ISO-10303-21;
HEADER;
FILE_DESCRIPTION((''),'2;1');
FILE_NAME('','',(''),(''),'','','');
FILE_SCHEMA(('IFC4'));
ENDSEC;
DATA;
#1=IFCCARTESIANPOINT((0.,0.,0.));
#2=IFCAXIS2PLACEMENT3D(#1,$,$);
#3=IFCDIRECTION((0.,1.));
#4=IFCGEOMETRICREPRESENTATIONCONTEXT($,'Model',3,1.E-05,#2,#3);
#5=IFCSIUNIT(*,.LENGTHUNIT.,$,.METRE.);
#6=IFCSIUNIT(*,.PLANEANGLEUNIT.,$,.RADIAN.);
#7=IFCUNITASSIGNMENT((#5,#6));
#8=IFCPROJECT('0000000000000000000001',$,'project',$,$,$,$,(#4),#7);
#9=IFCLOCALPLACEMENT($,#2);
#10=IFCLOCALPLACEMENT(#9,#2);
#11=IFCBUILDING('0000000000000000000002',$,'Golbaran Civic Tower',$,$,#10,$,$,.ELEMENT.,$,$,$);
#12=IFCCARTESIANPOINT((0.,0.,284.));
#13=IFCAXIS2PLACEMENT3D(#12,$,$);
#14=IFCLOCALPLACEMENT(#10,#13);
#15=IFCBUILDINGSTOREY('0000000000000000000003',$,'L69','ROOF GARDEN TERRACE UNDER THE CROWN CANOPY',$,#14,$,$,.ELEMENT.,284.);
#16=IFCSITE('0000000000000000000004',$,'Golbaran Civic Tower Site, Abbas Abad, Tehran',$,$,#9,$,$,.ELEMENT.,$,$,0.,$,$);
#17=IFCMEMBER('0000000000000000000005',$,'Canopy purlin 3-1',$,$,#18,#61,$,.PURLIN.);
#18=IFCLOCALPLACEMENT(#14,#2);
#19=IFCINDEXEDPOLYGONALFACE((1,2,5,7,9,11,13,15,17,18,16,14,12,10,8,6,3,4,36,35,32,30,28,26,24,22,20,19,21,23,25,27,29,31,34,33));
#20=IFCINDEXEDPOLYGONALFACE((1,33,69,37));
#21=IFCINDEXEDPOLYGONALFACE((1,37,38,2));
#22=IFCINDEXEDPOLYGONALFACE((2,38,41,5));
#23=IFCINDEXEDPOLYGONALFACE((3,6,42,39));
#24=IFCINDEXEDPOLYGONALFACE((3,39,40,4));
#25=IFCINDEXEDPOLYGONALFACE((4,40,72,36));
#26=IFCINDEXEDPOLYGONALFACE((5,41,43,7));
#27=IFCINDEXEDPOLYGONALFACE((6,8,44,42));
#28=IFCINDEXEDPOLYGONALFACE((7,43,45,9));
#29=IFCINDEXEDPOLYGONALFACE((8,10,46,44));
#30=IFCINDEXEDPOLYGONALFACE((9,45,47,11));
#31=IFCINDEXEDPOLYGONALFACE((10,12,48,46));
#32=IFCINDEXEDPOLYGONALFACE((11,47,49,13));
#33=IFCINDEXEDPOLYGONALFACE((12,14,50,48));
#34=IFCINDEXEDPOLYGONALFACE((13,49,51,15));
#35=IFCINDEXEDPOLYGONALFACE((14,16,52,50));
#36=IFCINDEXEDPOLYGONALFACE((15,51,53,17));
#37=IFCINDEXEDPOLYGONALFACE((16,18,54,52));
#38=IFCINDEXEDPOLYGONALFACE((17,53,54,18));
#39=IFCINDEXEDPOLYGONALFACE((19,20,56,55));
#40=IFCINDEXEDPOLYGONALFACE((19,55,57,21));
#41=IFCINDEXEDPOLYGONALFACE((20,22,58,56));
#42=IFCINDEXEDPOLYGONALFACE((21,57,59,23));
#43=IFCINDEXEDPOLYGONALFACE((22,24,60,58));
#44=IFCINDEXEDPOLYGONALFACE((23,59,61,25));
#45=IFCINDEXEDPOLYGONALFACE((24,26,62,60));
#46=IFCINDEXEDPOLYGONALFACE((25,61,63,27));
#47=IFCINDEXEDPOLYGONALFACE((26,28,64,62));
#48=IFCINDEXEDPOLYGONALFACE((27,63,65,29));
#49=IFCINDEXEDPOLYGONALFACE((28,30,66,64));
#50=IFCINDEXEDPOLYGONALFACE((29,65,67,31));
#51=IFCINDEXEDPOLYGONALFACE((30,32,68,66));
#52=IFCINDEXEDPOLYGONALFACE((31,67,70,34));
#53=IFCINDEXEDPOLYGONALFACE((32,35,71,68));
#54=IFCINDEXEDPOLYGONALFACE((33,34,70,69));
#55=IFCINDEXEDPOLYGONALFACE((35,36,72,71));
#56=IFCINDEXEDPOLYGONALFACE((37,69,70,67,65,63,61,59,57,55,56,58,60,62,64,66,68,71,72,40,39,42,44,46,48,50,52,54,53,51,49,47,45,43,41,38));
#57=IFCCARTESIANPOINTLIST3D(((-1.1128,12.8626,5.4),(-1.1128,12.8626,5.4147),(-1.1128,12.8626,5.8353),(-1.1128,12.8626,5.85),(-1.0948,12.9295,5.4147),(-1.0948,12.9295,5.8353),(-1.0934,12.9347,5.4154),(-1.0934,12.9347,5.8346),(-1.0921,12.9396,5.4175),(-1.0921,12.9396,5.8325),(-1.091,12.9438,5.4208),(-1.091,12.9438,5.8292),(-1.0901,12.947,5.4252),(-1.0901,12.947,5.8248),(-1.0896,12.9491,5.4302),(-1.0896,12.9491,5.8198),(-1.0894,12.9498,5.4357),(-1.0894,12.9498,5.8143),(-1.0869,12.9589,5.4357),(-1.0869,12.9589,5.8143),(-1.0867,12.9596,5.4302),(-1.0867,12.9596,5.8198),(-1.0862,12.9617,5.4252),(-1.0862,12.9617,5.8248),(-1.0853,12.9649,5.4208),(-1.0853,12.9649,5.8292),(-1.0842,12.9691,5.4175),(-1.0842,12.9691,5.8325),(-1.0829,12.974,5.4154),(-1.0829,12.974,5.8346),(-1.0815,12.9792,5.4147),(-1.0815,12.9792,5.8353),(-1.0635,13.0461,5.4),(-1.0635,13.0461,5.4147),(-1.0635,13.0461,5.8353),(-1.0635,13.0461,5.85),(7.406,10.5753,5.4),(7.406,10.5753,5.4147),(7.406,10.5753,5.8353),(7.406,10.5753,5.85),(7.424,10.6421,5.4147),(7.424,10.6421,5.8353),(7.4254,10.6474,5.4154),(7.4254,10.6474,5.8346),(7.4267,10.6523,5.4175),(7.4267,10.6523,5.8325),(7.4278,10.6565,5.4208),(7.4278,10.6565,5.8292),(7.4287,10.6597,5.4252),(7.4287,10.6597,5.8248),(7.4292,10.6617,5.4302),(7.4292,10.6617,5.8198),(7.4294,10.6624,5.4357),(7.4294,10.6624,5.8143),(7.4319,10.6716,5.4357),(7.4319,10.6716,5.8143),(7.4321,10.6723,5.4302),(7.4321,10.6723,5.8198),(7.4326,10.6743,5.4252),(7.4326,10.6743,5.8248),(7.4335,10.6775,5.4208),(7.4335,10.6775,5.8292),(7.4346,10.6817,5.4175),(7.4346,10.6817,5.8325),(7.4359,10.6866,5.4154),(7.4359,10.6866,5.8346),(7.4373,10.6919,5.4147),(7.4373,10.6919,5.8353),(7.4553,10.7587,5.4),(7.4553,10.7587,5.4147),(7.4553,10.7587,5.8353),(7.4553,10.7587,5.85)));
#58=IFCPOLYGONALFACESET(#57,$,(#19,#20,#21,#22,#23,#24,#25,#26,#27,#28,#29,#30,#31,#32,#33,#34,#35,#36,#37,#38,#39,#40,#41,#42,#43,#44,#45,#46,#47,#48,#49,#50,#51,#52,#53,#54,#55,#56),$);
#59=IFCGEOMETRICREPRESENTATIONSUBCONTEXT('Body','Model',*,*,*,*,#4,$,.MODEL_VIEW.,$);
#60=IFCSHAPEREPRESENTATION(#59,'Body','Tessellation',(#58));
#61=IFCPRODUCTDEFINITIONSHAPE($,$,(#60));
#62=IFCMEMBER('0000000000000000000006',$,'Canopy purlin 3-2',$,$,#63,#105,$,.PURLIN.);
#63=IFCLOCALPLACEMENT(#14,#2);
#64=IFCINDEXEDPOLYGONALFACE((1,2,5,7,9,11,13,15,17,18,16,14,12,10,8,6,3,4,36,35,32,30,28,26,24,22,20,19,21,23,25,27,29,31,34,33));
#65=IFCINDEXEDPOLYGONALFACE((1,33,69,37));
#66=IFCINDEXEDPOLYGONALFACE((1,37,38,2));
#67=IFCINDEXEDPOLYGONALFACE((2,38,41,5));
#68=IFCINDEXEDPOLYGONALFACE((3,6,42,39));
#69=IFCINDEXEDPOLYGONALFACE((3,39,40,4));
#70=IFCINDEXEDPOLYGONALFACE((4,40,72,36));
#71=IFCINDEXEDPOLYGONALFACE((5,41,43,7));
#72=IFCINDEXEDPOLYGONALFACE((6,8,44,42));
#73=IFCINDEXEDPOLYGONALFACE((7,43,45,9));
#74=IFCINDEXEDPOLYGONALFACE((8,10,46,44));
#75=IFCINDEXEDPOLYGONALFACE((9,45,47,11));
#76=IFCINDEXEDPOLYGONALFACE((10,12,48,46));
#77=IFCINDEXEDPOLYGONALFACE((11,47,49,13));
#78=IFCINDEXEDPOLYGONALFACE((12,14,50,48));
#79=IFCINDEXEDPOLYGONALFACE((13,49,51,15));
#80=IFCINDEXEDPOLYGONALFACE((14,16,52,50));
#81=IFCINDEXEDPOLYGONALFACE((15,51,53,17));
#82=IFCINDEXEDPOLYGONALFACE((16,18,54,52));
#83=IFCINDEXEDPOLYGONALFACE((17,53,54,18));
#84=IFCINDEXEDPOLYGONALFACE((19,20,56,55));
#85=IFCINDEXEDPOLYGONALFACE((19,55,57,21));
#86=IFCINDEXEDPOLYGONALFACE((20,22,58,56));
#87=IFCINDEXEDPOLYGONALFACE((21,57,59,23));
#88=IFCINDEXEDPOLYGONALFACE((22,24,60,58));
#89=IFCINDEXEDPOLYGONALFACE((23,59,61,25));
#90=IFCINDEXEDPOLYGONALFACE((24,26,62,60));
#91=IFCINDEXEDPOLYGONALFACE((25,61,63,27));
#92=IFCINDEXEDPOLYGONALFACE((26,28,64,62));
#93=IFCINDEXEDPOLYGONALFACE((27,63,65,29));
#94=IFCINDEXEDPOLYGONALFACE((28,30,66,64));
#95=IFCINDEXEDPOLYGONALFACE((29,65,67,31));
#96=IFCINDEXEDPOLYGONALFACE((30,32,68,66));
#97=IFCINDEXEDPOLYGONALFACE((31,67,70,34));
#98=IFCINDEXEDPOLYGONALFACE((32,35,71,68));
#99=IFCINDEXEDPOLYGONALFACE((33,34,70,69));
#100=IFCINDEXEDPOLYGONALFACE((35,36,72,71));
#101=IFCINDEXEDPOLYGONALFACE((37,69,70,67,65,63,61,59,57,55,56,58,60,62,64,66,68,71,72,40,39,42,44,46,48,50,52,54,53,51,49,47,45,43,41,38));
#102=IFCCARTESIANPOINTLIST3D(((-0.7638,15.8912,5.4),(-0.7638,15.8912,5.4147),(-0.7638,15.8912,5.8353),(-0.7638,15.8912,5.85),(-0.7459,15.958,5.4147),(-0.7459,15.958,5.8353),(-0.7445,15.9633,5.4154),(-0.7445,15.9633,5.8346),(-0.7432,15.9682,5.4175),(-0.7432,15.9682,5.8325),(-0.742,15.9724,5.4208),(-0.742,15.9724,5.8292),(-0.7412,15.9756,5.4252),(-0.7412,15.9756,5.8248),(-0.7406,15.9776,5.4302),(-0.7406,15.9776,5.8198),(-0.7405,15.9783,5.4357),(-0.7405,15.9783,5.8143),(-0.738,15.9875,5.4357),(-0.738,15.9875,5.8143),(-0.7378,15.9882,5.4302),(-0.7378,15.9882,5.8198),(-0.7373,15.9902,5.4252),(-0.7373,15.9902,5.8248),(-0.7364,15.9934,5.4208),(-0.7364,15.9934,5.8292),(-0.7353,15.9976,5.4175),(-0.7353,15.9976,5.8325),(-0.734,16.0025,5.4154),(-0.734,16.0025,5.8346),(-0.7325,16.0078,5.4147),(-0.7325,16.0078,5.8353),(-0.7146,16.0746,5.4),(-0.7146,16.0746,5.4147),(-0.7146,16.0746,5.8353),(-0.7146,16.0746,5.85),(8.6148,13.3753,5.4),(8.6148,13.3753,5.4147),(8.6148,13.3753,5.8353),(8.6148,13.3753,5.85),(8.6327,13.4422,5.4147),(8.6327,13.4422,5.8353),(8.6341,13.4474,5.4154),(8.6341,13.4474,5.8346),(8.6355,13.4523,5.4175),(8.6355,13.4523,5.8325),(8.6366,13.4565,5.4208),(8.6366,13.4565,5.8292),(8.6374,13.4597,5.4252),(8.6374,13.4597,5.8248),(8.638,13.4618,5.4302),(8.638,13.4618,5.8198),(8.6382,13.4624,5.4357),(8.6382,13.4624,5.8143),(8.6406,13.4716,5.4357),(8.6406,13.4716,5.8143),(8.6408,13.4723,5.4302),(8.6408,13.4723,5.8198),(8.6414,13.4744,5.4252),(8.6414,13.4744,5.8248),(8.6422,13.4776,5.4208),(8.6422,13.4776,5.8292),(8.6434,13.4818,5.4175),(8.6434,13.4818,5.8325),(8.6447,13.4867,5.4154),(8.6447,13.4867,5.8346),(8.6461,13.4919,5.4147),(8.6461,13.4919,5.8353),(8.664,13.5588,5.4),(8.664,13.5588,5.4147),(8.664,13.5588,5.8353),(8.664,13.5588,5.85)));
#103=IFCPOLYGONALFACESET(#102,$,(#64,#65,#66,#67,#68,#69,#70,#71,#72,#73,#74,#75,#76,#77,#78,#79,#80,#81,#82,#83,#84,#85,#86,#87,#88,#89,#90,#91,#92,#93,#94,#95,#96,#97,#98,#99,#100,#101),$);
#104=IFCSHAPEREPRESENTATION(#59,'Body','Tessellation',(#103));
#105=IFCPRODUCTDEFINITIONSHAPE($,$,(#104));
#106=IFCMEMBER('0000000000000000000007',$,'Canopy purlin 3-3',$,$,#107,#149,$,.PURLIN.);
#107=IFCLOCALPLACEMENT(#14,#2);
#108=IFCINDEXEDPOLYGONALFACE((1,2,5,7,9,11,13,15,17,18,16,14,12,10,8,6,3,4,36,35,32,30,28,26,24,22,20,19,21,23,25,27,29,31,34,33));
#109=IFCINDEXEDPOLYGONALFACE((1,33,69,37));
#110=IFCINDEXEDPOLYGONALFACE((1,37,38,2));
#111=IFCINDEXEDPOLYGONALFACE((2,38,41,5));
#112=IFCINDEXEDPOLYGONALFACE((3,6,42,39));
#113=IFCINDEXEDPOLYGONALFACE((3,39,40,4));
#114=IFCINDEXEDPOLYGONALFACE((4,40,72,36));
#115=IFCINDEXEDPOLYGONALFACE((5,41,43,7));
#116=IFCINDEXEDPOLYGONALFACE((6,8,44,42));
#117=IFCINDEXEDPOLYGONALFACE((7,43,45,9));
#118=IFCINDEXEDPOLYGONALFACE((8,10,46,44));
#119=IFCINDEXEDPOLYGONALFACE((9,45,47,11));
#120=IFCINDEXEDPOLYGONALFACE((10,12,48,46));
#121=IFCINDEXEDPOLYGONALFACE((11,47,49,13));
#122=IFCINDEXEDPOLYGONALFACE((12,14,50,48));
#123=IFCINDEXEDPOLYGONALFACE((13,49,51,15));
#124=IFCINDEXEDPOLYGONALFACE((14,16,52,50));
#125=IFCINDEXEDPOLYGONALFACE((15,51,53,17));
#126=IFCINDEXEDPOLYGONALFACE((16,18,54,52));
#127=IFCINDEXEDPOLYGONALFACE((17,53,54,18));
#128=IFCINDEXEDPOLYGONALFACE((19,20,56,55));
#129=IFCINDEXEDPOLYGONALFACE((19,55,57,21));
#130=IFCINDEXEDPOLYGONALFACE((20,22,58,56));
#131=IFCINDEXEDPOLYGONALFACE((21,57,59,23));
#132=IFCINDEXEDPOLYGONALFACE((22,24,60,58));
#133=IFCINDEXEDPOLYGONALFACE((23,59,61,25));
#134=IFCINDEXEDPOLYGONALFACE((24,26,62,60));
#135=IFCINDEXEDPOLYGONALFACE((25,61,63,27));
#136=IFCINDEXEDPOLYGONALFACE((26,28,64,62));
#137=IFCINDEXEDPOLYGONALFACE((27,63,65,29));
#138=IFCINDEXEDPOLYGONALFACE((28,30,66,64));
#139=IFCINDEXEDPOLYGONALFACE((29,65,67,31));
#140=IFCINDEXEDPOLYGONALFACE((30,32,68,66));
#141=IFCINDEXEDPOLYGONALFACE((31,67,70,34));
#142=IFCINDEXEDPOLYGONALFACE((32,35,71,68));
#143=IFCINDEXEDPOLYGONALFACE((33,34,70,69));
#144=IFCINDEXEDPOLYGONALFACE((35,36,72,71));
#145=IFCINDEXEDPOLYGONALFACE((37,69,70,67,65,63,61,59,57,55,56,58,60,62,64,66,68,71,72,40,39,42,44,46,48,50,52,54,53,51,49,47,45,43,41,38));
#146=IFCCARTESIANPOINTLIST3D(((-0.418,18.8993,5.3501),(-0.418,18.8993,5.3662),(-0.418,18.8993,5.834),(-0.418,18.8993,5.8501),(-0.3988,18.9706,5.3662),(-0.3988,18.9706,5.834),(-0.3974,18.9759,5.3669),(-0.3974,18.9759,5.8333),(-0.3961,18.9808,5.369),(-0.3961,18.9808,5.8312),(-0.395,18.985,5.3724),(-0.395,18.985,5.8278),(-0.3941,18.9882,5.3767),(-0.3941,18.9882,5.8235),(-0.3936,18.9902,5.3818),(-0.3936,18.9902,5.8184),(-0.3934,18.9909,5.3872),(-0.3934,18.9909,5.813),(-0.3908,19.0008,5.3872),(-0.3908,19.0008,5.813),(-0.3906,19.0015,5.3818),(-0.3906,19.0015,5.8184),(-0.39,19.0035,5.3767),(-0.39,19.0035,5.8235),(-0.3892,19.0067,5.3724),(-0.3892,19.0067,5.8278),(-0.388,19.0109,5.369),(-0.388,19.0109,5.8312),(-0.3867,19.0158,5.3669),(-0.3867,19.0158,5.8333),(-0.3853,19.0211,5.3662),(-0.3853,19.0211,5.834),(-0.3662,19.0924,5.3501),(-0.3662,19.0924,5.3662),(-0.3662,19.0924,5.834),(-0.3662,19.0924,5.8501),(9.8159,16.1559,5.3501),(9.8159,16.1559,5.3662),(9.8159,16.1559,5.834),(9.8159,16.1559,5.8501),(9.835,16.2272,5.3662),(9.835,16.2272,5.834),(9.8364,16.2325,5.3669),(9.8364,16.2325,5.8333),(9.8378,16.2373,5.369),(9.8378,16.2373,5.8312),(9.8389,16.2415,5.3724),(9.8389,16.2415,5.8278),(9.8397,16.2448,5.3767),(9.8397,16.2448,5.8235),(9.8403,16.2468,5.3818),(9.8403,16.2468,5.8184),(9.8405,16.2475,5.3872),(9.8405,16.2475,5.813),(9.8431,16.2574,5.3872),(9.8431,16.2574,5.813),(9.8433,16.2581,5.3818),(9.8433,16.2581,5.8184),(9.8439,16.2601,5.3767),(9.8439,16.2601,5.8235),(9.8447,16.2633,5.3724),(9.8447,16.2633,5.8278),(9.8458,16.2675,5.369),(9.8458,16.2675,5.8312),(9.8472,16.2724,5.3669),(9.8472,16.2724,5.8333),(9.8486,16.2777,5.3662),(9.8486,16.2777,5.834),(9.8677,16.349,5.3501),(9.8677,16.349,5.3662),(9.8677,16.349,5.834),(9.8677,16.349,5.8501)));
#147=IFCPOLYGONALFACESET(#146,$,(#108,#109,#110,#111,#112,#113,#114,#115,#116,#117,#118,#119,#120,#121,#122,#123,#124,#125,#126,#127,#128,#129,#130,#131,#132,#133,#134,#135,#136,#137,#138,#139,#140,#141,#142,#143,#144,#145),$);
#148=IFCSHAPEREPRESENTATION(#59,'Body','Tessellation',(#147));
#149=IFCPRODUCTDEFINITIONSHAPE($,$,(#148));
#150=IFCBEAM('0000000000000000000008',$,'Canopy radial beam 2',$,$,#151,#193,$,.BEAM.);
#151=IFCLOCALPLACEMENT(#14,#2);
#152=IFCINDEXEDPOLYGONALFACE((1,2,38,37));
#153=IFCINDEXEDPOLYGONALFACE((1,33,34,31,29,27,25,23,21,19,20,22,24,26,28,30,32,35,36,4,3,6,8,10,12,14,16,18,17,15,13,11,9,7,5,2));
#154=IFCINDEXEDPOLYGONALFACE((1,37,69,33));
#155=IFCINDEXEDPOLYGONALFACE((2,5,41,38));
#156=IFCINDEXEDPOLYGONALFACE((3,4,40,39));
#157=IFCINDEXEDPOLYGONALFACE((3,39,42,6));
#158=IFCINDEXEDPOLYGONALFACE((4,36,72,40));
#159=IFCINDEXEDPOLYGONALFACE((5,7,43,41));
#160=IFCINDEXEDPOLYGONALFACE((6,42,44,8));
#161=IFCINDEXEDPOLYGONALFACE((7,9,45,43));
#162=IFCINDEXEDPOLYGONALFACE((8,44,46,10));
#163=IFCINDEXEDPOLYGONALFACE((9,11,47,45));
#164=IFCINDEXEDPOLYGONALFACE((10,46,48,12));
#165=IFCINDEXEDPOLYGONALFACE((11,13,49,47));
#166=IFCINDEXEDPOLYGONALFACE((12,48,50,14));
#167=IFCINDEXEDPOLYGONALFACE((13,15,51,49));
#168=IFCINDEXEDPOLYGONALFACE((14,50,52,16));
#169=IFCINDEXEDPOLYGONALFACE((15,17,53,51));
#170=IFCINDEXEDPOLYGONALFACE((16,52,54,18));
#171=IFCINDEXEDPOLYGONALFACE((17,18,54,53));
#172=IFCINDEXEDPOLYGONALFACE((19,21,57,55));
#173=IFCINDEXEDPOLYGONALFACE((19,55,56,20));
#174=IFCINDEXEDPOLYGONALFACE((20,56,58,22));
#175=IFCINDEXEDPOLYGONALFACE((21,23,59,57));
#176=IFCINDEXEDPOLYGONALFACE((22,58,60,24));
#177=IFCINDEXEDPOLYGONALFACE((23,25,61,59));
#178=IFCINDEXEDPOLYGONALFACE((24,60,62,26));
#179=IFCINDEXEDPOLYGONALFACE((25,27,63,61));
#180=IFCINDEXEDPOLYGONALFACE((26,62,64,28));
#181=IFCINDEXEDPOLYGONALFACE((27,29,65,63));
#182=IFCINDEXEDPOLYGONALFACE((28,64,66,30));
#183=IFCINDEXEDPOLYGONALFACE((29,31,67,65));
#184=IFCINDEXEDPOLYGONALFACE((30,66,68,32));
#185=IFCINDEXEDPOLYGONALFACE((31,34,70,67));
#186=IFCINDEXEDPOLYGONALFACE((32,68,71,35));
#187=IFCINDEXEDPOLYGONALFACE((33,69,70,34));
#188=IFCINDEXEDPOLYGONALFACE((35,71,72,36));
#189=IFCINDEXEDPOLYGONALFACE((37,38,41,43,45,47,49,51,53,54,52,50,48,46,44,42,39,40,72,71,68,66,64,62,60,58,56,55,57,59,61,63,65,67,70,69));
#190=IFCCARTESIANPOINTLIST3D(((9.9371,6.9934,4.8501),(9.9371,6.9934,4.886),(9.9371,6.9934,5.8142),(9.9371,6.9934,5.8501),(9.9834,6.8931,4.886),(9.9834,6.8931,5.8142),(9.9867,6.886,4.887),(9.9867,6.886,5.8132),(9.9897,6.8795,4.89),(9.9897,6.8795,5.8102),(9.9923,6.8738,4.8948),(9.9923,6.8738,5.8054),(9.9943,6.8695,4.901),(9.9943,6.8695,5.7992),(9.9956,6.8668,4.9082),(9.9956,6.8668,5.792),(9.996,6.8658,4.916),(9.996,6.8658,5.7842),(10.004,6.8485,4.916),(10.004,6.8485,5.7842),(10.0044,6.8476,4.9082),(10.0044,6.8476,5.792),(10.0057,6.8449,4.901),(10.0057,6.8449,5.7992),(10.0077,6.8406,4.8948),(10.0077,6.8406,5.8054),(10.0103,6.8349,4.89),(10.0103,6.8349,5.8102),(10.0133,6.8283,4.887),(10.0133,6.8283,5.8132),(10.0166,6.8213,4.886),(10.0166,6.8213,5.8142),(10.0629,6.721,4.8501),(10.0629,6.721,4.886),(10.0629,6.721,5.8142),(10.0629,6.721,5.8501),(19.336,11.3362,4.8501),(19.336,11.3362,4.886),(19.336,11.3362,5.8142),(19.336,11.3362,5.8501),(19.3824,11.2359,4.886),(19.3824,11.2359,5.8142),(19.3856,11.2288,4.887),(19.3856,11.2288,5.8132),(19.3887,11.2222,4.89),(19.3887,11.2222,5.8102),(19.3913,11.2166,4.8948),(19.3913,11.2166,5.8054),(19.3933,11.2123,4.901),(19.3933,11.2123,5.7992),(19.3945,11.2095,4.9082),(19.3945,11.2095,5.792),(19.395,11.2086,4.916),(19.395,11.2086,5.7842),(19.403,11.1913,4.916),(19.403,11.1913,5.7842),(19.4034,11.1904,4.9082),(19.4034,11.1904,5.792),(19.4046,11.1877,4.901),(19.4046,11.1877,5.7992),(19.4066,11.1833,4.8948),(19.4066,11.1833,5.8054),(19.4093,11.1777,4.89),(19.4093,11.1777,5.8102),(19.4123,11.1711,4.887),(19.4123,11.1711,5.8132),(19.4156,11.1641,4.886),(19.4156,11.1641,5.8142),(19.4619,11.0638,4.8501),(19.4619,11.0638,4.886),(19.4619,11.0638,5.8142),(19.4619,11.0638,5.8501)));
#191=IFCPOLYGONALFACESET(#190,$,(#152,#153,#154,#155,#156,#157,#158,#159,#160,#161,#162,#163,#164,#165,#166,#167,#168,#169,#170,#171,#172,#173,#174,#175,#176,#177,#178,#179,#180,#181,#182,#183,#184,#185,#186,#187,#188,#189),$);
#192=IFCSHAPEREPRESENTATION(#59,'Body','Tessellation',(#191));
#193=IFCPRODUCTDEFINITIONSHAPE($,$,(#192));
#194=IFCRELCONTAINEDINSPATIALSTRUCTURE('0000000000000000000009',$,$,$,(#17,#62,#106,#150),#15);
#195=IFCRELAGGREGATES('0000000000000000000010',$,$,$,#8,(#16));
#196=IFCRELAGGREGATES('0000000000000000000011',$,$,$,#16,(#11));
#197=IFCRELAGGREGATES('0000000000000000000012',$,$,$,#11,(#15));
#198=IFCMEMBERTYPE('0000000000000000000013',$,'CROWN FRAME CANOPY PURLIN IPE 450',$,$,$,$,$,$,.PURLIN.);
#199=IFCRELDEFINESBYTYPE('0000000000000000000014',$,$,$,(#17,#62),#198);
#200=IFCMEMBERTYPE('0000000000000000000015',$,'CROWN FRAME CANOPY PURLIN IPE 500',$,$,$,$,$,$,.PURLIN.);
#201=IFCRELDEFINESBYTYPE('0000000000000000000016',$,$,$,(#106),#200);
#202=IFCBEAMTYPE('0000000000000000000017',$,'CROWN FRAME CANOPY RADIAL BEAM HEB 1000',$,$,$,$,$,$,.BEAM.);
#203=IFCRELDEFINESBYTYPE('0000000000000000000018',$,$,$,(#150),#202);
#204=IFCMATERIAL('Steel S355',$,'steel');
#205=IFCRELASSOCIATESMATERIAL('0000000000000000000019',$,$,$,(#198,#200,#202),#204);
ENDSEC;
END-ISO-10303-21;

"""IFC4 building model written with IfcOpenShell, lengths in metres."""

from ifc_helpers import new_model, si_unit, direction, frame, origin, origin_2d, place, context, subcontext, project, spatial, i_section, extrude, material, material_profile, profile_set, type_object, element, save


model = new_model("IFC4")

# Units and contexts
model_context = context("Model", 3, precision=1e-05, world=origin(), true_north=direction((0.0, 1.0)))
body_context = subcontext(model_context, "Body", "Model", "MODEL_VIEW")
ifc_project = project(units=[si_unit("LENGTHUNIT", "METRE"), si_unit("PLANEANGLEUNIT", "RADIAN")], contexts=[model_context])

# Site, building, storey
site_placement = place(None, origin())
site = spatial("IfcSite", under=ifc_project, at=site_placement, Name="Golbaran Civic Tower Site, Abbas Abad, Tehran", CompositionType="ELEMENT", RefElevation=0.0)
building_placement = place(site_placement, origin())
building = spatial("IfcBuilding", under=site, at=building_placement, Name="Golbaran Civic Tower", CompositionType="ELEMENT")
storey_placement = place(building_placement, frame((0.0, 0.0, 284.0)))
storey = spatial("IfcBuildingStorey", under=building, at=storey_placement, Name="L69", Description="ROOF GARDEN TERRACE UNDER THE CROWN CANOPY", CompositionType="ELEMENT", Elevation=284.0)

# Members
ifc_material_1 = material(Name="Steel S355", Category="steel")
ifc_material_profile_1 = material_profile(ifc_material_1, i_section(OverallWidth=0.1899, OverallDepth=0.45, WebThickness=0.0095, FlangeThickness=0.0146, FilletRadius=0.021, at=origin_2d()), Name="IPE 450")
ifc_profile_set_1 = profile_set([ifc_material_profile_1], Name="Steel S355")
member_type_1 = type_object("IfcMemberType", Name="CROWN FRAME CANOPY PURLIN IPE 450", PredefinedType="PURLIN", material=ifc_profile_set_1)
member_1_placement = place(storey_placement, frame((7.4307, 10.667, 5.625), z_axis=(-0.965791, 0.259321, 0.0), x_axis=(-0.259321, -0.965791, 0.0)))
element("IfcMember", 1, at=member_1_placement, inside=storey, type_object=member_type_1, Name="Canopy purlin 3-1", PredefinedType="PURLIN", context=body_context, shape_type="SweptSolid", body=[
    extrude(i_section(OverallWidth=0.1899, OverallDepth=0.45, WebThickness=0.0095, FlangeThickness=0.0146, FilletRadius=0.021, at=origin_2d()), origin(), (0.0, 0.0, 1.0), 8.8206),
])
member_2_placement = place(storey_placement, frame((8.6394, 13.467, 5.625), z_axis=(-0.965852, 0.259094, 0.0), x_axis=(-0.259094, -0.965852, 0.0)))
element("IfcMember", 2, at=member_2_placement, inside=storey, type_object=member_type_1, Name="Canopy purlin 3-2", PredefinedType="PURLIN", context=body_context, shape_type="SweptSolid", body=[
    extrude(i_section(OverallWidth=0.1899, OverallDepth=0.45, WebThickness=0.0095, FlangeThickness=0.0146, FilletRadius=0.021, at=origin_2d()), origin(), (0.0, 0.0, 1.0), 9.7102),
])
ifc_material_profile_2 = material_profile(ifc_material_1, i_section(OverallWidth=0.2, OverallDepth=0.5, WebThickness=0.0103, FlangeThickness=0.0161, FilletRadius=0.021, at=origin_2d()), Name="IPE 500")
ifc_profile_set_2 = profile_set([ifc_material_profile_2], Name="Steel S355")
member_type_2 = type_object("IfcMemberType", Name="CROWN FRAME CANOPY PURLIN IPE 500", PredefinedType="PURLIN", material=ifc_profile_set_2)
member_3_placement = place(storey_placement, frame((9.8418, 16.2524, 5.6001), z_axis=(-0.965896, 0.258929, 0.0), x_axis=(-0.258929, -0.965896, 0.0)))
element("IfcMember", 3, at=member_3_placement, inside=storey, type_object=member_type_2, Name="Canopy purlin 3-3", PredefinedType="PURLIN", context=body_context, shape_type="SweptSolid", body=[
    extrude(i_section(OverallWidth=0.2, OverallDepth=0.5, WebThickness=0.0103, FlangeThickness=0.0161, FilletRadius=0.021, at=origin_2d()), origin(), (0.0, 0.0, 1.0), 10.5952),
])

# Beam
ifc_material_profile_3 = material_profile(ifc_material_1, i_section(OverallWidth=0.3, OverallDepth=1.0, WebThickness=0.019, FlangeThickness=0.0359, FilletRadius=0.03, at=origin_2d()), Name="HEB 1000")
ifc_profile_set_3 = profile_set([ifc_material_profile_3], Name="Steel S355")
beam_type_1 = type_object("IfcBeamType", Name="CROWN FRAME CANOPY RADIAL BEAM HEB 1000", PredefinedType="BEAM", material=ifc_profile_set_3)
beam_1_placement = place(storey_placement, frame((10.0, 6.8572, 5.3501), z_axis=(0.907783, 0.419441, 0.0), x_axis=(-0.419441, 0.907783, 0.0)))
element("IfcBeam", 4, at=beam_1_placement, inside=storey, type_object=beam_type_1, Name="Canopy radial beam 2", PredefinedType="BEAM", context=body_context, shape_type="SweptSolid", body=[
    extrude(i_section(OverallWidth=0.3, OverallDepth=1.0, WebThickness=0.019, FlangeThickness=0.0359, FilletRadius=0.03, at=origin_2d()), origin(), (0.0, 0.0, 1.0), 10.3538),
])

save(model, "model.ifc")
